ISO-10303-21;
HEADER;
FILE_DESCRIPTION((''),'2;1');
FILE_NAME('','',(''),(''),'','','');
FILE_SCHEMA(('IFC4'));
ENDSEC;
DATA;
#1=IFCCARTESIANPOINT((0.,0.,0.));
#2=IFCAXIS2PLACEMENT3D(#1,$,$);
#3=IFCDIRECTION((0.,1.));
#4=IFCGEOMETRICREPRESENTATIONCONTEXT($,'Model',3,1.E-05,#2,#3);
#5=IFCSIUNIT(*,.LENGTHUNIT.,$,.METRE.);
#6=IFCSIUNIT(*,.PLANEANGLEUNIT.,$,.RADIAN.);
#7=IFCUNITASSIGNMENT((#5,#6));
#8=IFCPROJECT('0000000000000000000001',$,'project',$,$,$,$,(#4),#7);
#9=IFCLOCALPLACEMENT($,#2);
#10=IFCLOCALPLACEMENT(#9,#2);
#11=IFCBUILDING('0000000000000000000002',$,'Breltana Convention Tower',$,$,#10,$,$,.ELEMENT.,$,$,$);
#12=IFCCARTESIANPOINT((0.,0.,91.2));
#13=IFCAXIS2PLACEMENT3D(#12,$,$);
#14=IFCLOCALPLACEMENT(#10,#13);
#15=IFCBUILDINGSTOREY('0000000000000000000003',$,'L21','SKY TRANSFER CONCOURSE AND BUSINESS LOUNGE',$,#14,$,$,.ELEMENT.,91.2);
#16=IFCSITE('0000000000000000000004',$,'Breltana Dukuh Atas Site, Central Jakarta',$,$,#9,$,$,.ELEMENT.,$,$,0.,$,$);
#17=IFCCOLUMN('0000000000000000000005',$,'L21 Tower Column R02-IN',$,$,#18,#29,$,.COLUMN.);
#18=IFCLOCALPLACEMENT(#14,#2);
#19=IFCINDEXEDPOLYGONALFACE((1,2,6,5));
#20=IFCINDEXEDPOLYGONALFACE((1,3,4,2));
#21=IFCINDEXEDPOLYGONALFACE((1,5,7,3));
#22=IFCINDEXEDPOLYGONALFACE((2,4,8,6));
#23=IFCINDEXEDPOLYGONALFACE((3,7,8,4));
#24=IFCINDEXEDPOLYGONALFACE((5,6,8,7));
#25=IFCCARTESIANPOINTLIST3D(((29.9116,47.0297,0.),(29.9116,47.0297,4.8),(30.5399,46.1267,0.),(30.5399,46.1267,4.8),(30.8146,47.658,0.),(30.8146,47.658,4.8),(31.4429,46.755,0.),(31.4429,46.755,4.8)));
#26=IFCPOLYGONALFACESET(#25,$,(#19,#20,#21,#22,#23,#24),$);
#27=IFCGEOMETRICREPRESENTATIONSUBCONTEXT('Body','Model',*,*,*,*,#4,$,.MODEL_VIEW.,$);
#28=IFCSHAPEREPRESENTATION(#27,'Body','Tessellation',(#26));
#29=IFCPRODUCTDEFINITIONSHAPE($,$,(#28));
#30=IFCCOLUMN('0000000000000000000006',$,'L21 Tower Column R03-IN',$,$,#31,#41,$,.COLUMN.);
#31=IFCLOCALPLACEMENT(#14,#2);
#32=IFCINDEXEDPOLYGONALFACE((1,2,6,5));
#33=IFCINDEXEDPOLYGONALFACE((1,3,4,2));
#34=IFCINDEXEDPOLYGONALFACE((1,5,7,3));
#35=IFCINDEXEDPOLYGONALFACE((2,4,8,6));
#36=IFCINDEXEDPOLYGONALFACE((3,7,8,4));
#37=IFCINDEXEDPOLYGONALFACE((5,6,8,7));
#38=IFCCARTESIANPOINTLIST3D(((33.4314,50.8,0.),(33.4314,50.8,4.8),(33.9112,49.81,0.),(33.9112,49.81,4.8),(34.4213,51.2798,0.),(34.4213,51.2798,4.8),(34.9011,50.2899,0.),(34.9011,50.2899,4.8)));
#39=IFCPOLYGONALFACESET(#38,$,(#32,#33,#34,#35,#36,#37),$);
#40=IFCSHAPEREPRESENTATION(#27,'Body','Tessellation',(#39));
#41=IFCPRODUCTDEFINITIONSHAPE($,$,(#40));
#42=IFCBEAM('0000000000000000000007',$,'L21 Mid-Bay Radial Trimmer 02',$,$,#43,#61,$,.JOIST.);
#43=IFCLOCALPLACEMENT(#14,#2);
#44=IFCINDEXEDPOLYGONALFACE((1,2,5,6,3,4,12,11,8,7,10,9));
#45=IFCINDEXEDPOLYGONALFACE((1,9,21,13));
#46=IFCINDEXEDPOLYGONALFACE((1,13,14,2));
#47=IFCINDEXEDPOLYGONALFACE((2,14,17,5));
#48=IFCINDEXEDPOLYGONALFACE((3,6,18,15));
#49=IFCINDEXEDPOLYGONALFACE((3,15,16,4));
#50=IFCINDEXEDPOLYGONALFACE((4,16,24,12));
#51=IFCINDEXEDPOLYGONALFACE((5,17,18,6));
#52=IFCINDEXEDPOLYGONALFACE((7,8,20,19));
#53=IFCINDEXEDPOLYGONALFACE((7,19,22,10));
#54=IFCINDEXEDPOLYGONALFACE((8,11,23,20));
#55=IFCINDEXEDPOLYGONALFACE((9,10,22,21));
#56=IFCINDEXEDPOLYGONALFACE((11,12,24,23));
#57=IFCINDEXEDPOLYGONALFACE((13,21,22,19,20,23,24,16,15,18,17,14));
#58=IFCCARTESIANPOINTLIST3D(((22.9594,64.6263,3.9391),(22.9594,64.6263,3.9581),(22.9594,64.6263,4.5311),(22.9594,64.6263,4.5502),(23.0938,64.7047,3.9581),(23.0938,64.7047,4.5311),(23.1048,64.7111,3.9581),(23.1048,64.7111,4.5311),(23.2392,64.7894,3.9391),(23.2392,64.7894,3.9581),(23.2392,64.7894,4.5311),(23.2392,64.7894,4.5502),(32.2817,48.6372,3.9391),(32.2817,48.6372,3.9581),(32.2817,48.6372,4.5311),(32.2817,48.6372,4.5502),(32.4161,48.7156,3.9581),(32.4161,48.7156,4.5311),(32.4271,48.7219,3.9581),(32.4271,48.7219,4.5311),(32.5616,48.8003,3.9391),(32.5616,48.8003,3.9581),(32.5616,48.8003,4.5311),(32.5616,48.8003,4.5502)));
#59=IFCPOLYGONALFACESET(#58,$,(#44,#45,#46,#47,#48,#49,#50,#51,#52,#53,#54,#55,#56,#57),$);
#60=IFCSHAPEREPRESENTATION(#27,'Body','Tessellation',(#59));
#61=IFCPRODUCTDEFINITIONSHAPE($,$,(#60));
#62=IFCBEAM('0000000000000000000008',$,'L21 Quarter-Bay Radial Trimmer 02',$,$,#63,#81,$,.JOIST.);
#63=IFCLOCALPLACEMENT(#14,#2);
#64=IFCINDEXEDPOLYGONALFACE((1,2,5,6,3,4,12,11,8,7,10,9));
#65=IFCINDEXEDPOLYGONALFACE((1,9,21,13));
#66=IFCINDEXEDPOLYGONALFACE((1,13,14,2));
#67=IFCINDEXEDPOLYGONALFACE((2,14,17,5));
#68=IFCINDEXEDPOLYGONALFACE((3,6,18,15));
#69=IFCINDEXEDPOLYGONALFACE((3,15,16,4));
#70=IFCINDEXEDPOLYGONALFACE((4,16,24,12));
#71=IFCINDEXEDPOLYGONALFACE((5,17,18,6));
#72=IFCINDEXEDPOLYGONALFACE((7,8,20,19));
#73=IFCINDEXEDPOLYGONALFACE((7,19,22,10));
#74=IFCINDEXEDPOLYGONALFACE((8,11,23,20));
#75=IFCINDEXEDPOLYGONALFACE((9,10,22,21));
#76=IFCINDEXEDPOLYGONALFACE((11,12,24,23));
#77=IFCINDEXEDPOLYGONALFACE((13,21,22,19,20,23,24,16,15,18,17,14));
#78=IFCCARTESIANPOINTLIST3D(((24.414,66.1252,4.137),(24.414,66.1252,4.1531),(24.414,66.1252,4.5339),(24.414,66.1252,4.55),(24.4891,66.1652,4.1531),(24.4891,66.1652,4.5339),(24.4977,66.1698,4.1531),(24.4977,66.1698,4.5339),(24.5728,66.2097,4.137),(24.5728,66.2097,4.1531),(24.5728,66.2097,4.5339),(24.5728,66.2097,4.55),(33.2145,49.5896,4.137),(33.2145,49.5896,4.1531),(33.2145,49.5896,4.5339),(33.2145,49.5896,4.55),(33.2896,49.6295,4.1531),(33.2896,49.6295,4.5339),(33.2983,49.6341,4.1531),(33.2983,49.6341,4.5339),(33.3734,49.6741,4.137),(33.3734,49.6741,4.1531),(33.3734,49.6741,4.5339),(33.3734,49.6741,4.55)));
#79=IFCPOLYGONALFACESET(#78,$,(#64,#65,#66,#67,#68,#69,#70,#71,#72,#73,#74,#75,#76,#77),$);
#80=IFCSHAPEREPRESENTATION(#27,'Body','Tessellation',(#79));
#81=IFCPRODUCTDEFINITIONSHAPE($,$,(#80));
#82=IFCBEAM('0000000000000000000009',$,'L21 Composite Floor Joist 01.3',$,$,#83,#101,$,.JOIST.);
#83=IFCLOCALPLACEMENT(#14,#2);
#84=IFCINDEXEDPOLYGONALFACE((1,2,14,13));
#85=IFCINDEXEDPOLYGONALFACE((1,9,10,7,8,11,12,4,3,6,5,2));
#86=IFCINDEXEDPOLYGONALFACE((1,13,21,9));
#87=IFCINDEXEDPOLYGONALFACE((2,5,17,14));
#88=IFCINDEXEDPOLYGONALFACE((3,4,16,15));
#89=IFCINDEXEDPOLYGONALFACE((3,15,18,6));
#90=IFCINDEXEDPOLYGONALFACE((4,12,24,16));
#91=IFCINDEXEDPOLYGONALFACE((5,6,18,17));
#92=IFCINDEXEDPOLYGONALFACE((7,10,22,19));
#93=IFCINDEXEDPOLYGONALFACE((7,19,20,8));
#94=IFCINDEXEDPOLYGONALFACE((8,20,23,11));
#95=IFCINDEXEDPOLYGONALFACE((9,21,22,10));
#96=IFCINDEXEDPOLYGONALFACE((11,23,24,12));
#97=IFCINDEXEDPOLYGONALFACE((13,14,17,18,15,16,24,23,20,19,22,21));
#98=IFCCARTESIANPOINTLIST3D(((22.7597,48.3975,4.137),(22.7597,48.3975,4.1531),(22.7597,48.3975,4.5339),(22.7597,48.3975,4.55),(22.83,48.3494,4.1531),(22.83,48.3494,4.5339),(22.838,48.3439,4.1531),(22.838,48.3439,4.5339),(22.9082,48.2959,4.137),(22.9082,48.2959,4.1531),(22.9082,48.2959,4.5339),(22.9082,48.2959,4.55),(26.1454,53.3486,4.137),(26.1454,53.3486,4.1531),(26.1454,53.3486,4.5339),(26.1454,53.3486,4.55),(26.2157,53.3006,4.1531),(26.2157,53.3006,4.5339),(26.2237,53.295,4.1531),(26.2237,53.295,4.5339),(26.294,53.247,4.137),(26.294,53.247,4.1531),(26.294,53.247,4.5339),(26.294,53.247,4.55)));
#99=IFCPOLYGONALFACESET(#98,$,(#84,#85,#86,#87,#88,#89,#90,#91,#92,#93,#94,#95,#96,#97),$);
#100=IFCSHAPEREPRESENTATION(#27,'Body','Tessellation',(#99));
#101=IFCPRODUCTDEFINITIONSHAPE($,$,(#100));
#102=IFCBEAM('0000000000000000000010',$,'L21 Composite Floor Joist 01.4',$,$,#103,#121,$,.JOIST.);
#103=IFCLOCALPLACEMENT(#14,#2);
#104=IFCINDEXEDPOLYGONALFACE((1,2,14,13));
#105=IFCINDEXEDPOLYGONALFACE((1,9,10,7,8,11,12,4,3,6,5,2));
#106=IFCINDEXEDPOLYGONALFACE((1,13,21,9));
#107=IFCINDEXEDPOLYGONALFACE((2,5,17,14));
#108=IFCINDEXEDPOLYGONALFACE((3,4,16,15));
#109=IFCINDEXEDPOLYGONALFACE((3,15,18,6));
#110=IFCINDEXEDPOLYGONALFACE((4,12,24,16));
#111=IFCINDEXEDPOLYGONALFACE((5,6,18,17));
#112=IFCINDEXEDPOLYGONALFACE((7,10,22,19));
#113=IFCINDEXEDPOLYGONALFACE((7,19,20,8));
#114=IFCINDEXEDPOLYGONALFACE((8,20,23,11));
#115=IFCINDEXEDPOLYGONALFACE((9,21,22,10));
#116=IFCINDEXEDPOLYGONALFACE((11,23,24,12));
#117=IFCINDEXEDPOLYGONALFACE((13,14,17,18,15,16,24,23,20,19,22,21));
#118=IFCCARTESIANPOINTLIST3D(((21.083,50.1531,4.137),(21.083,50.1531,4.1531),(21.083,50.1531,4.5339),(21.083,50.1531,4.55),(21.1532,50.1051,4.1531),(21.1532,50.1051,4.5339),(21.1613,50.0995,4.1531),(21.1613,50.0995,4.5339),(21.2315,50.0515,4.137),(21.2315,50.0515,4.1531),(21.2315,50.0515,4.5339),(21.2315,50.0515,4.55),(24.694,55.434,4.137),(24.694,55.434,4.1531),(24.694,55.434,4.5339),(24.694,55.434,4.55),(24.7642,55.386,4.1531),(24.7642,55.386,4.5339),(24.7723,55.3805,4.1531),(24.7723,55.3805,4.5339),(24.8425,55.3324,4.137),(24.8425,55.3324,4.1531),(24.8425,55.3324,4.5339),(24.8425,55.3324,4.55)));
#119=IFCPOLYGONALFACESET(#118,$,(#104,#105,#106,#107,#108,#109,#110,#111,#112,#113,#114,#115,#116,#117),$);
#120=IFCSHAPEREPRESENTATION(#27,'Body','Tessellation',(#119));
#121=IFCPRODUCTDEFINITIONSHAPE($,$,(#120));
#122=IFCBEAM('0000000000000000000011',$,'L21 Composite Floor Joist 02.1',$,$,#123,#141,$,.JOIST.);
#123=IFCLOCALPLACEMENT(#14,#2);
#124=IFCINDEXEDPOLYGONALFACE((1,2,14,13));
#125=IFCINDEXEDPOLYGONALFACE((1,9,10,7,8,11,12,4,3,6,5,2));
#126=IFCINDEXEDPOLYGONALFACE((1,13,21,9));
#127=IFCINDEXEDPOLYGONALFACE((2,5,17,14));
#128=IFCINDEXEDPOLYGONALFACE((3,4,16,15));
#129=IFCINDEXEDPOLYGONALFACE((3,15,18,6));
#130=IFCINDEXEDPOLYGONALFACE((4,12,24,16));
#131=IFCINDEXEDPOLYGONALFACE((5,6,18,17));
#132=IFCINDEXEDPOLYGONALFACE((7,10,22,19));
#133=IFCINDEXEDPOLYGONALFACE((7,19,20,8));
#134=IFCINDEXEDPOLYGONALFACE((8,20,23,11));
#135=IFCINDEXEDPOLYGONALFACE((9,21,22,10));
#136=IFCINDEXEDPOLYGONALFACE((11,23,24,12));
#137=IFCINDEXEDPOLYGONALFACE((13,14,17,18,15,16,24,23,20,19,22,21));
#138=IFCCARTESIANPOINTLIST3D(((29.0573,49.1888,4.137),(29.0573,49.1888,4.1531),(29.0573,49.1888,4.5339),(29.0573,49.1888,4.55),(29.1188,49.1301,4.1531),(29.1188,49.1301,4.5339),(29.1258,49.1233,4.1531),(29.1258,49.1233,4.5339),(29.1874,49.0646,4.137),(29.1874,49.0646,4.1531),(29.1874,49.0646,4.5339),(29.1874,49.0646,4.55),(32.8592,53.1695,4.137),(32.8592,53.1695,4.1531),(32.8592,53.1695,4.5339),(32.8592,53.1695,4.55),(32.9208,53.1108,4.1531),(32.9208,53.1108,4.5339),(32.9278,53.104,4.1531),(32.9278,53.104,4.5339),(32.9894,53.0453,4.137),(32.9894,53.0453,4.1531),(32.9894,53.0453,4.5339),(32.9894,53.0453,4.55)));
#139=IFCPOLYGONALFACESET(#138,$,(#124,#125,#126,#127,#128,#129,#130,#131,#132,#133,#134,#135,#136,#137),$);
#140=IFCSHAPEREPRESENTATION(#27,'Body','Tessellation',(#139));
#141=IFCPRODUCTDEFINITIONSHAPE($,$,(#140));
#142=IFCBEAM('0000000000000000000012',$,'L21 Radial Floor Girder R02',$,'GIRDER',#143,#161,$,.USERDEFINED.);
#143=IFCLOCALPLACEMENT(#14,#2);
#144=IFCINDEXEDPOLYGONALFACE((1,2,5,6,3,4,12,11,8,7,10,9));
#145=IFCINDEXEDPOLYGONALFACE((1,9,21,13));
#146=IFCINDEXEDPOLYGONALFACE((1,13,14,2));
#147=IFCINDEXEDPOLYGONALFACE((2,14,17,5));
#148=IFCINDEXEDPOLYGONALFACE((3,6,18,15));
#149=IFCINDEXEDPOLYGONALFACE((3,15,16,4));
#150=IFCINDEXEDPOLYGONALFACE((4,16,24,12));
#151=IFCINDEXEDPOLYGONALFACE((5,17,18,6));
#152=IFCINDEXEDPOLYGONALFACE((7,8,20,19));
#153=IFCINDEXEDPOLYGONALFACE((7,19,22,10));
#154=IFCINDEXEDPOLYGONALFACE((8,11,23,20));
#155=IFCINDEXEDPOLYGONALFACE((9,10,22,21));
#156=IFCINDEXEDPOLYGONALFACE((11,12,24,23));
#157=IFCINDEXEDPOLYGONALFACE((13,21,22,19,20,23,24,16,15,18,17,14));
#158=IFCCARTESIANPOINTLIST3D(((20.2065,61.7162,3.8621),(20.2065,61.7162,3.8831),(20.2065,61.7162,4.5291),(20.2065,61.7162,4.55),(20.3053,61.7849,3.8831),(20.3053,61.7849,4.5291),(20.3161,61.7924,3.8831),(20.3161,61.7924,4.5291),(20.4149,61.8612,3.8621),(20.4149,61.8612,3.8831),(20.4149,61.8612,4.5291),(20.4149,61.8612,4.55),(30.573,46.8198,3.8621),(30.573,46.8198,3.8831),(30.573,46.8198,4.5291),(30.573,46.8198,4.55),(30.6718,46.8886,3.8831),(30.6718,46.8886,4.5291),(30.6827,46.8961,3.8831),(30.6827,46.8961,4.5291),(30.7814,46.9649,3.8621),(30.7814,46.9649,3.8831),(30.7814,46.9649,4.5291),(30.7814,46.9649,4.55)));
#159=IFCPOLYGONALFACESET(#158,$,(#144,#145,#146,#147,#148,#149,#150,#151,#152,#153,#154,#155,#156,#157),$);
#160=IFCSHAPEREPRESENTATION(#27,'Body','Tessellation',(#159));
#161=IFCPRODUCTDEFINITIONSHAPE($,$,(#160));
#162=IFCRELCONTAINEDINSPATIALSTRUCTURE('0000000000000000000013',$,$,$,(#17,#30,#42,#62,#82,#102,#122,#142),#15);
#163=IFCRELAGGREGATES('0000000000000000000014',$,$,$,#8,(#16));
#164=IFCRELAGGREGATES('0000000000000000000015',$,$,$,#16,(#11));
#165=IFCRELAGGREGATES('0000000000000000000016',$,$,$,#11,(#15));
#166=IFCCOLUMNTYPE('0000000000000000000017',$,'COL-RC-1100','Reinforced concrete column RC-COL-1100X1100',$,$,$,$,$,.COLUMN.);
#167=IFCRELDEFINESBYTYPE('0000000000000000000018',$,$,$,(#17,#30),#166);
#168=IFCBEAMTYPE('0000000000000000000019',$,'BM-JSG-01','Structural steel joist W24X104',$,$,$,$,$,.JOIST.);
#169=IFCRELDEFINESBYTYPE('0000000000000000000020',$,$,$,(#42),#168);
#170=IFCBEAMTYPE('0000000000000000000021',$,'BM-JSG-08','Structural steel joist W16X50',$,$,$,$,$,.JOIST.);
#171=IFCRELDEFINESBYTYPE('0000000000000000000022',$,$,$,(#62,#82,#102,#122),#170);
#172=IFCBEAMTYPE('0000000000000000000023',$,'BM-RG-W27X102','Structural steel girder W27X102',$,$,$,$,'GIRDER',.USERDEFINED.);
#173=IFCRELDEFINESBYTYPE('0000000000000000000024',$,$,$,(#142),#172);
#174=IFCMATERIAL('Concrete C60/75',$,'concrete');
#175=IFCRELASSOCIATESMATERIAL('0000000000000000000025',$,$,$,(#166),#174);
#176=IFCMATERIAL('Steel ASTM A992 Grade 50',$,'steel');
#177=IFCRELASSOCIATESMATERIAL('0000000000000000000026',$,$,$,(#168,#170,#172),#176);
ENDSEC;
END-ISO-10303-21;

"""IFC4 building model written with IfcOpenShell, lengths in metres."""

from ifc_helpers import new_model, si_unit, direction, frame, origin, origin_2d, place, context, subcontext, project, spatial, rectangle, i_section, extrude, source, transform, mapped, material, material_profile, profile_set, type_object, element, save


model = new_model("IFC4")

# Units and contexts
model_context = context("Model", 3, precision=1e-05, world=origin(), true_north=direction((0.0, 1.0)))
body_context = subcontext(model_context, "Body", "Model", "MODEL_VIEW")
ifc_project = project(units=[si_unit("LENGTHUNIT", "METRE"), si_unit("PLANEANGLEUNIT", "RADIAN")], contexts=[model_context])

# Site, building, storey
site_placement = place(None, origin())
site = spatial("IfcSite", under=ifc_project, at=site_placement, Name="Breltana Dukuh Atas Site, Central Jakarta", CompositionType="ELEMENT", RefElevation=0.0)
building_placement = place(site_placement, origin())
building = spatial("IfcBuilding", under=site, at=building_placement, Name="Breltana Convention Tower", CompositionType="ELEMENT")
storey_placement = place(building_placement, frame((0.0, 0.0, 91.2)))
storey = spatial("IfcBuildingStorey", under=building, at=storey_placement, Name="L21", Description="SKY TRANSFER CONCOURSE AND BUSINESS LOUNGE", CompositionType="ELEMENT", Elevation=91.2)

# Columns
ifc_material_1 = material(Name="Concrete C60/75", Category="concrete")
ifc_material_profile_1 = material_profile(ifc_material_1, rectangle(XDim=1.1001, YDim=1.1001, at=origin_2d()), Name="RC-COL-1100X1100")
ifc_profile_set_1 = profile_set([ifc_material_profile_1], Name="Concrete C60/75")
column_type = type_object("IfcColumnType", Name="COL-RC-1100", Description="Reinforced concrete column RC-COL-1100X1100", PredefinedType="COLUMN", material=ifc_profile_set_1)
shared_shape_1 = source(origin(), body_context, "Body", "SweptSolid", [
    extrude(rectangle(XDim=1.1001, YDim=1.1001, at=origin_2d()), origin(), (0.0, 0.0, 1.0), 4.8),
])
for number, where, z_axis, x_axis, name in (
    (1, (30.6772, 46.8923, 0.0), (0.0, 0.0, 1.0), (-0.571143, 0.82085, 0.0), "L21 Tower Column R02-IN"),
    (2, (34.1663, 50.5449, 0.0), (0.0, 0.0, 1.0), (-0.436174, 0.899863, 0.0), "L21 Tower Column R03-IN"),
):
    element("IfcColumn", number, at=place(storey_placement, frame(where, z_axis=z_axis, x_axis=x_axis)), inside=storey, type_object=column_type, Name=name, PredefinedType="COLUMN", context=body_context, shape_type="MappedRepresentation", body=[
        mapped(shared_shape_1, transform((0.0, 0.0, 0.0), scale=1.0)),
    ])

# Beams
ifc_material_2 = material(Name="Steel ASTM A992 Grade 50", Category="steel")
ifc_material_profile_2 = material_profile(ifc_material_2, i_section(OverallWidth=0.324, OverallDepth=0.6111, WebThickness=0.0127, FlangeThickness=0.019, at=origin_2d()), Name="W24X104")
ifc_profile_set_2 = profile_set([ifc_material_profile_2], Name="Steel ASTM A992 Grade 50")
beam_type_1 = type_object("IfcBeamType", Name="BM-JSG-01", Description="Structural steel joist W24X104", PredefinedType="JOIST", material=ifc_profile_set_2)
shared_shape_2 = source(origin(), body_context, "Body", "SweptSolid", [
    extrude(i_section(OverallWidth=0.324, OverallDepth=0.6111, WebThickness=0.0127, FlangeThickness=0.019, at=origin_2d()), origin(), (0.0, 0.0, 1.0), 18.5083),
])
beam_1_placement = place(storey_placement, frame((32.4216, 48.7188, 4.2446), z_axis=(-0.503683, 0.863888, 0.0), x_axis=(-0.863888, -0.503683, 0.0)))
element("IfcBeam", 3, at=beam_1_placement, inside=storey, type_object=beam_type_1, Name="L21 Mid-Bay Radial Trimmer 02", PredefinedType="JOIST", context=body_context, shape_type="MappedRepresentation", body=[
    mapped(shared_shape_2, transform((0.0, 0.0, 0.0), scale=1.0)),
])
ifc_material_profile_3 = material_profile(ifc_material_2, i_section(OverallWidth=0.1799, OverallDepth=0.4131, WebThickness=0.0098, FlangeThickness=0.0161, at=origin_2d()), Name="W16X50")
ifc_profile_set_3 = profile_set([ifc_material_profile_3], Name="Steel ASTM A992 Grade 50")
beam_type_2 = type_object("IfcBeamType", Name="BM-JSG-08", Description="Structural steel joist W16X50", PredefinedType="JOIST", material=ifc_profile_set_3)
shared_shape_3 = source(origin(), body_context, "Body", "SweptSolid", [
    extrude(i_section(OverallWidth=0.1799, OverallDepth=0.4131, WebThickness=0.0098, FlangeThickness=0.0161, at=origin_2d()), origin(), (0.0, 0.0, 1.0), 18.7317),
])
beam_2_placement = place(storey_placement, frame((33.2939, 49.6318, 4.3435), z_axis=(-0.46982, 0.882762, 0.0), x_axis=(-0.882762, -0.46982, 0.0)))
element("IfcBeam", 4, at=beam_2_placement, inside=storey, type_object=beam_type_2, Name="L21 Quarter-Bay Radial Trimmer 02", PredefinedType="JOIST", context=body_context, shape_type="MappedRepresentation", body=[
    mapped(shared_shape_3, transform((0.0, 0.0, 0.0), scale=1.0)),
])
shared_shape_4 = source(origin(), body_context, "Body", "SweptSolid", [
    extrude(i_section(OverallWidth=0.1799, OverallDepth=0.4131, WebThickness=0.0098, FlangeThickness=0.0161, at=origin_2d()), origin(), (0.0, 0.0, 1.0), 5.998),
])
beam_3_placement = place(storey_placement, frame((22.834, 48.3467, 4.3435), z_axis=(0.564468, 0.825455, 0.0), x_axis=(-0.825455, 0.564468, 0.0)))
element("IfcBeam", 5, at=beam_3_placement, inside=storey, type_object=beam_type_2, Name="L21 Composite Floor Joist 01.3", PredefinedType="JOIST", context=body_context, shape_type="MappedRepresentation", body=[
    mapped(shared_shape_4, transform((0.0, 0.0, 0.0), scale=1.0)),
])
shared_shape_5 = source(origin(), body_context, "Body", "SweptSolid", [
    extrude(i_section(OverallWidth=0.1799, OverallDepth=0.4131, WebThickness=0.0098, FlangeThickness=0.0161, at=origin_2d()), origin(), (0.0, 0.0, 1.0), 6.3975),
])
beam_4_placement = place(storey_placement, frame((21.1572, 50.1023, 4.3435), z_axis=(0.564446, 0.82547, 0.0), x_axis=(-0.82547, 0.564446, 0.0)))
element("IfcBeam", 6, at=beam_4_placement, inside=storey, type_object=beam_type_2, Name="L21 Composite Floor Joist 01.4", PredefinedType="JOIST", context=body_context, shape_type="MappedRepresentation", body=[
    mapped(shared_shape_5, transform((0.0, 0.0, 0.0), scale=1.0)),
])
shared_shape_6 = source(origin(), body_context, "Body", "SweptSolid", [
    extrude(i_section(OverallWidth=0.1799, OverallDepth=0.4131, WebThickness=0.0098, FlangeThickness=0.0161, at=origin_2d()), origin(), (0.0, 0.0, 1.0), 5.5046),
])
beam_5_placement = place(storey_placement, frame((29.1223, 49.1267, 4.3435), z_axis=(0.690688, 0.723153, 0.0), x_axis=(-0.723153, 0.690688, 0.0)))
element("IfcBeam", 7, at=beam_5_placement, inside=storey, type_object=beam_type_2, Name="L21 Composite Floor Joist 02.1", PredefinedType="JOIST", context=body_context, shape_type="MappedRepresentation", body=[
    mapped(shared_shape_6, transform((0.0, 0.0, 0.0), scale=1.0)),
])
ifc_material_profile_4 = material_profile(ifc_material_2, i_section(OverallWidth=0.2539, OverallDepth=0.688, WebThickness=0.0132, FlangeThickness=0.021, at=origin_2d()), Name="W27X102")
ifc_profile_set_4 = profile_set([ifc_material_profile_4], Name="Steel ASTM A992 Grade 50")
beam_type_3 = type_object("IfcBeamType", Name="BM-RG-W27X102", Description="Structural steel girder W27X102", ElementType="GIRDER", PredefinedType="USERDEFINED", material=ifc_profile_set_4)
shared_shape_7 = source(origin(), body_context, "Body", "SweptSolid", [
    extrude(i_section(OverallWidth=0.2539, OverallDepth=0.688, WebThickness=0.0132, FlangeThickness=0.021, at=origin_2d()), origin(), (0.0, 0.0, 1.0), 18.1484),
])
beam_6_placement = place(storey_placement, frame((30.6772, 46.8923, 4.2061), z_axis=(-0.571208, 0.820806, 0.0), x_axis=(-0.820806, -0.571208, 0.0)))
element("IfcBeam", 8, at=beam_6_placement, inside=storey, type_object=beam_type_3, Name="L21 Radial Floor Girder R02", ObjectType="GIRDER", PredefinedType="USERDEFINED", context=body_context, shape_type="MappedRepresentation", body=[
    mapped(shared_shape_7, transform((0.0, 0.0, 0.0), scale=1.0)),
])

save(model, "model.ifc")
